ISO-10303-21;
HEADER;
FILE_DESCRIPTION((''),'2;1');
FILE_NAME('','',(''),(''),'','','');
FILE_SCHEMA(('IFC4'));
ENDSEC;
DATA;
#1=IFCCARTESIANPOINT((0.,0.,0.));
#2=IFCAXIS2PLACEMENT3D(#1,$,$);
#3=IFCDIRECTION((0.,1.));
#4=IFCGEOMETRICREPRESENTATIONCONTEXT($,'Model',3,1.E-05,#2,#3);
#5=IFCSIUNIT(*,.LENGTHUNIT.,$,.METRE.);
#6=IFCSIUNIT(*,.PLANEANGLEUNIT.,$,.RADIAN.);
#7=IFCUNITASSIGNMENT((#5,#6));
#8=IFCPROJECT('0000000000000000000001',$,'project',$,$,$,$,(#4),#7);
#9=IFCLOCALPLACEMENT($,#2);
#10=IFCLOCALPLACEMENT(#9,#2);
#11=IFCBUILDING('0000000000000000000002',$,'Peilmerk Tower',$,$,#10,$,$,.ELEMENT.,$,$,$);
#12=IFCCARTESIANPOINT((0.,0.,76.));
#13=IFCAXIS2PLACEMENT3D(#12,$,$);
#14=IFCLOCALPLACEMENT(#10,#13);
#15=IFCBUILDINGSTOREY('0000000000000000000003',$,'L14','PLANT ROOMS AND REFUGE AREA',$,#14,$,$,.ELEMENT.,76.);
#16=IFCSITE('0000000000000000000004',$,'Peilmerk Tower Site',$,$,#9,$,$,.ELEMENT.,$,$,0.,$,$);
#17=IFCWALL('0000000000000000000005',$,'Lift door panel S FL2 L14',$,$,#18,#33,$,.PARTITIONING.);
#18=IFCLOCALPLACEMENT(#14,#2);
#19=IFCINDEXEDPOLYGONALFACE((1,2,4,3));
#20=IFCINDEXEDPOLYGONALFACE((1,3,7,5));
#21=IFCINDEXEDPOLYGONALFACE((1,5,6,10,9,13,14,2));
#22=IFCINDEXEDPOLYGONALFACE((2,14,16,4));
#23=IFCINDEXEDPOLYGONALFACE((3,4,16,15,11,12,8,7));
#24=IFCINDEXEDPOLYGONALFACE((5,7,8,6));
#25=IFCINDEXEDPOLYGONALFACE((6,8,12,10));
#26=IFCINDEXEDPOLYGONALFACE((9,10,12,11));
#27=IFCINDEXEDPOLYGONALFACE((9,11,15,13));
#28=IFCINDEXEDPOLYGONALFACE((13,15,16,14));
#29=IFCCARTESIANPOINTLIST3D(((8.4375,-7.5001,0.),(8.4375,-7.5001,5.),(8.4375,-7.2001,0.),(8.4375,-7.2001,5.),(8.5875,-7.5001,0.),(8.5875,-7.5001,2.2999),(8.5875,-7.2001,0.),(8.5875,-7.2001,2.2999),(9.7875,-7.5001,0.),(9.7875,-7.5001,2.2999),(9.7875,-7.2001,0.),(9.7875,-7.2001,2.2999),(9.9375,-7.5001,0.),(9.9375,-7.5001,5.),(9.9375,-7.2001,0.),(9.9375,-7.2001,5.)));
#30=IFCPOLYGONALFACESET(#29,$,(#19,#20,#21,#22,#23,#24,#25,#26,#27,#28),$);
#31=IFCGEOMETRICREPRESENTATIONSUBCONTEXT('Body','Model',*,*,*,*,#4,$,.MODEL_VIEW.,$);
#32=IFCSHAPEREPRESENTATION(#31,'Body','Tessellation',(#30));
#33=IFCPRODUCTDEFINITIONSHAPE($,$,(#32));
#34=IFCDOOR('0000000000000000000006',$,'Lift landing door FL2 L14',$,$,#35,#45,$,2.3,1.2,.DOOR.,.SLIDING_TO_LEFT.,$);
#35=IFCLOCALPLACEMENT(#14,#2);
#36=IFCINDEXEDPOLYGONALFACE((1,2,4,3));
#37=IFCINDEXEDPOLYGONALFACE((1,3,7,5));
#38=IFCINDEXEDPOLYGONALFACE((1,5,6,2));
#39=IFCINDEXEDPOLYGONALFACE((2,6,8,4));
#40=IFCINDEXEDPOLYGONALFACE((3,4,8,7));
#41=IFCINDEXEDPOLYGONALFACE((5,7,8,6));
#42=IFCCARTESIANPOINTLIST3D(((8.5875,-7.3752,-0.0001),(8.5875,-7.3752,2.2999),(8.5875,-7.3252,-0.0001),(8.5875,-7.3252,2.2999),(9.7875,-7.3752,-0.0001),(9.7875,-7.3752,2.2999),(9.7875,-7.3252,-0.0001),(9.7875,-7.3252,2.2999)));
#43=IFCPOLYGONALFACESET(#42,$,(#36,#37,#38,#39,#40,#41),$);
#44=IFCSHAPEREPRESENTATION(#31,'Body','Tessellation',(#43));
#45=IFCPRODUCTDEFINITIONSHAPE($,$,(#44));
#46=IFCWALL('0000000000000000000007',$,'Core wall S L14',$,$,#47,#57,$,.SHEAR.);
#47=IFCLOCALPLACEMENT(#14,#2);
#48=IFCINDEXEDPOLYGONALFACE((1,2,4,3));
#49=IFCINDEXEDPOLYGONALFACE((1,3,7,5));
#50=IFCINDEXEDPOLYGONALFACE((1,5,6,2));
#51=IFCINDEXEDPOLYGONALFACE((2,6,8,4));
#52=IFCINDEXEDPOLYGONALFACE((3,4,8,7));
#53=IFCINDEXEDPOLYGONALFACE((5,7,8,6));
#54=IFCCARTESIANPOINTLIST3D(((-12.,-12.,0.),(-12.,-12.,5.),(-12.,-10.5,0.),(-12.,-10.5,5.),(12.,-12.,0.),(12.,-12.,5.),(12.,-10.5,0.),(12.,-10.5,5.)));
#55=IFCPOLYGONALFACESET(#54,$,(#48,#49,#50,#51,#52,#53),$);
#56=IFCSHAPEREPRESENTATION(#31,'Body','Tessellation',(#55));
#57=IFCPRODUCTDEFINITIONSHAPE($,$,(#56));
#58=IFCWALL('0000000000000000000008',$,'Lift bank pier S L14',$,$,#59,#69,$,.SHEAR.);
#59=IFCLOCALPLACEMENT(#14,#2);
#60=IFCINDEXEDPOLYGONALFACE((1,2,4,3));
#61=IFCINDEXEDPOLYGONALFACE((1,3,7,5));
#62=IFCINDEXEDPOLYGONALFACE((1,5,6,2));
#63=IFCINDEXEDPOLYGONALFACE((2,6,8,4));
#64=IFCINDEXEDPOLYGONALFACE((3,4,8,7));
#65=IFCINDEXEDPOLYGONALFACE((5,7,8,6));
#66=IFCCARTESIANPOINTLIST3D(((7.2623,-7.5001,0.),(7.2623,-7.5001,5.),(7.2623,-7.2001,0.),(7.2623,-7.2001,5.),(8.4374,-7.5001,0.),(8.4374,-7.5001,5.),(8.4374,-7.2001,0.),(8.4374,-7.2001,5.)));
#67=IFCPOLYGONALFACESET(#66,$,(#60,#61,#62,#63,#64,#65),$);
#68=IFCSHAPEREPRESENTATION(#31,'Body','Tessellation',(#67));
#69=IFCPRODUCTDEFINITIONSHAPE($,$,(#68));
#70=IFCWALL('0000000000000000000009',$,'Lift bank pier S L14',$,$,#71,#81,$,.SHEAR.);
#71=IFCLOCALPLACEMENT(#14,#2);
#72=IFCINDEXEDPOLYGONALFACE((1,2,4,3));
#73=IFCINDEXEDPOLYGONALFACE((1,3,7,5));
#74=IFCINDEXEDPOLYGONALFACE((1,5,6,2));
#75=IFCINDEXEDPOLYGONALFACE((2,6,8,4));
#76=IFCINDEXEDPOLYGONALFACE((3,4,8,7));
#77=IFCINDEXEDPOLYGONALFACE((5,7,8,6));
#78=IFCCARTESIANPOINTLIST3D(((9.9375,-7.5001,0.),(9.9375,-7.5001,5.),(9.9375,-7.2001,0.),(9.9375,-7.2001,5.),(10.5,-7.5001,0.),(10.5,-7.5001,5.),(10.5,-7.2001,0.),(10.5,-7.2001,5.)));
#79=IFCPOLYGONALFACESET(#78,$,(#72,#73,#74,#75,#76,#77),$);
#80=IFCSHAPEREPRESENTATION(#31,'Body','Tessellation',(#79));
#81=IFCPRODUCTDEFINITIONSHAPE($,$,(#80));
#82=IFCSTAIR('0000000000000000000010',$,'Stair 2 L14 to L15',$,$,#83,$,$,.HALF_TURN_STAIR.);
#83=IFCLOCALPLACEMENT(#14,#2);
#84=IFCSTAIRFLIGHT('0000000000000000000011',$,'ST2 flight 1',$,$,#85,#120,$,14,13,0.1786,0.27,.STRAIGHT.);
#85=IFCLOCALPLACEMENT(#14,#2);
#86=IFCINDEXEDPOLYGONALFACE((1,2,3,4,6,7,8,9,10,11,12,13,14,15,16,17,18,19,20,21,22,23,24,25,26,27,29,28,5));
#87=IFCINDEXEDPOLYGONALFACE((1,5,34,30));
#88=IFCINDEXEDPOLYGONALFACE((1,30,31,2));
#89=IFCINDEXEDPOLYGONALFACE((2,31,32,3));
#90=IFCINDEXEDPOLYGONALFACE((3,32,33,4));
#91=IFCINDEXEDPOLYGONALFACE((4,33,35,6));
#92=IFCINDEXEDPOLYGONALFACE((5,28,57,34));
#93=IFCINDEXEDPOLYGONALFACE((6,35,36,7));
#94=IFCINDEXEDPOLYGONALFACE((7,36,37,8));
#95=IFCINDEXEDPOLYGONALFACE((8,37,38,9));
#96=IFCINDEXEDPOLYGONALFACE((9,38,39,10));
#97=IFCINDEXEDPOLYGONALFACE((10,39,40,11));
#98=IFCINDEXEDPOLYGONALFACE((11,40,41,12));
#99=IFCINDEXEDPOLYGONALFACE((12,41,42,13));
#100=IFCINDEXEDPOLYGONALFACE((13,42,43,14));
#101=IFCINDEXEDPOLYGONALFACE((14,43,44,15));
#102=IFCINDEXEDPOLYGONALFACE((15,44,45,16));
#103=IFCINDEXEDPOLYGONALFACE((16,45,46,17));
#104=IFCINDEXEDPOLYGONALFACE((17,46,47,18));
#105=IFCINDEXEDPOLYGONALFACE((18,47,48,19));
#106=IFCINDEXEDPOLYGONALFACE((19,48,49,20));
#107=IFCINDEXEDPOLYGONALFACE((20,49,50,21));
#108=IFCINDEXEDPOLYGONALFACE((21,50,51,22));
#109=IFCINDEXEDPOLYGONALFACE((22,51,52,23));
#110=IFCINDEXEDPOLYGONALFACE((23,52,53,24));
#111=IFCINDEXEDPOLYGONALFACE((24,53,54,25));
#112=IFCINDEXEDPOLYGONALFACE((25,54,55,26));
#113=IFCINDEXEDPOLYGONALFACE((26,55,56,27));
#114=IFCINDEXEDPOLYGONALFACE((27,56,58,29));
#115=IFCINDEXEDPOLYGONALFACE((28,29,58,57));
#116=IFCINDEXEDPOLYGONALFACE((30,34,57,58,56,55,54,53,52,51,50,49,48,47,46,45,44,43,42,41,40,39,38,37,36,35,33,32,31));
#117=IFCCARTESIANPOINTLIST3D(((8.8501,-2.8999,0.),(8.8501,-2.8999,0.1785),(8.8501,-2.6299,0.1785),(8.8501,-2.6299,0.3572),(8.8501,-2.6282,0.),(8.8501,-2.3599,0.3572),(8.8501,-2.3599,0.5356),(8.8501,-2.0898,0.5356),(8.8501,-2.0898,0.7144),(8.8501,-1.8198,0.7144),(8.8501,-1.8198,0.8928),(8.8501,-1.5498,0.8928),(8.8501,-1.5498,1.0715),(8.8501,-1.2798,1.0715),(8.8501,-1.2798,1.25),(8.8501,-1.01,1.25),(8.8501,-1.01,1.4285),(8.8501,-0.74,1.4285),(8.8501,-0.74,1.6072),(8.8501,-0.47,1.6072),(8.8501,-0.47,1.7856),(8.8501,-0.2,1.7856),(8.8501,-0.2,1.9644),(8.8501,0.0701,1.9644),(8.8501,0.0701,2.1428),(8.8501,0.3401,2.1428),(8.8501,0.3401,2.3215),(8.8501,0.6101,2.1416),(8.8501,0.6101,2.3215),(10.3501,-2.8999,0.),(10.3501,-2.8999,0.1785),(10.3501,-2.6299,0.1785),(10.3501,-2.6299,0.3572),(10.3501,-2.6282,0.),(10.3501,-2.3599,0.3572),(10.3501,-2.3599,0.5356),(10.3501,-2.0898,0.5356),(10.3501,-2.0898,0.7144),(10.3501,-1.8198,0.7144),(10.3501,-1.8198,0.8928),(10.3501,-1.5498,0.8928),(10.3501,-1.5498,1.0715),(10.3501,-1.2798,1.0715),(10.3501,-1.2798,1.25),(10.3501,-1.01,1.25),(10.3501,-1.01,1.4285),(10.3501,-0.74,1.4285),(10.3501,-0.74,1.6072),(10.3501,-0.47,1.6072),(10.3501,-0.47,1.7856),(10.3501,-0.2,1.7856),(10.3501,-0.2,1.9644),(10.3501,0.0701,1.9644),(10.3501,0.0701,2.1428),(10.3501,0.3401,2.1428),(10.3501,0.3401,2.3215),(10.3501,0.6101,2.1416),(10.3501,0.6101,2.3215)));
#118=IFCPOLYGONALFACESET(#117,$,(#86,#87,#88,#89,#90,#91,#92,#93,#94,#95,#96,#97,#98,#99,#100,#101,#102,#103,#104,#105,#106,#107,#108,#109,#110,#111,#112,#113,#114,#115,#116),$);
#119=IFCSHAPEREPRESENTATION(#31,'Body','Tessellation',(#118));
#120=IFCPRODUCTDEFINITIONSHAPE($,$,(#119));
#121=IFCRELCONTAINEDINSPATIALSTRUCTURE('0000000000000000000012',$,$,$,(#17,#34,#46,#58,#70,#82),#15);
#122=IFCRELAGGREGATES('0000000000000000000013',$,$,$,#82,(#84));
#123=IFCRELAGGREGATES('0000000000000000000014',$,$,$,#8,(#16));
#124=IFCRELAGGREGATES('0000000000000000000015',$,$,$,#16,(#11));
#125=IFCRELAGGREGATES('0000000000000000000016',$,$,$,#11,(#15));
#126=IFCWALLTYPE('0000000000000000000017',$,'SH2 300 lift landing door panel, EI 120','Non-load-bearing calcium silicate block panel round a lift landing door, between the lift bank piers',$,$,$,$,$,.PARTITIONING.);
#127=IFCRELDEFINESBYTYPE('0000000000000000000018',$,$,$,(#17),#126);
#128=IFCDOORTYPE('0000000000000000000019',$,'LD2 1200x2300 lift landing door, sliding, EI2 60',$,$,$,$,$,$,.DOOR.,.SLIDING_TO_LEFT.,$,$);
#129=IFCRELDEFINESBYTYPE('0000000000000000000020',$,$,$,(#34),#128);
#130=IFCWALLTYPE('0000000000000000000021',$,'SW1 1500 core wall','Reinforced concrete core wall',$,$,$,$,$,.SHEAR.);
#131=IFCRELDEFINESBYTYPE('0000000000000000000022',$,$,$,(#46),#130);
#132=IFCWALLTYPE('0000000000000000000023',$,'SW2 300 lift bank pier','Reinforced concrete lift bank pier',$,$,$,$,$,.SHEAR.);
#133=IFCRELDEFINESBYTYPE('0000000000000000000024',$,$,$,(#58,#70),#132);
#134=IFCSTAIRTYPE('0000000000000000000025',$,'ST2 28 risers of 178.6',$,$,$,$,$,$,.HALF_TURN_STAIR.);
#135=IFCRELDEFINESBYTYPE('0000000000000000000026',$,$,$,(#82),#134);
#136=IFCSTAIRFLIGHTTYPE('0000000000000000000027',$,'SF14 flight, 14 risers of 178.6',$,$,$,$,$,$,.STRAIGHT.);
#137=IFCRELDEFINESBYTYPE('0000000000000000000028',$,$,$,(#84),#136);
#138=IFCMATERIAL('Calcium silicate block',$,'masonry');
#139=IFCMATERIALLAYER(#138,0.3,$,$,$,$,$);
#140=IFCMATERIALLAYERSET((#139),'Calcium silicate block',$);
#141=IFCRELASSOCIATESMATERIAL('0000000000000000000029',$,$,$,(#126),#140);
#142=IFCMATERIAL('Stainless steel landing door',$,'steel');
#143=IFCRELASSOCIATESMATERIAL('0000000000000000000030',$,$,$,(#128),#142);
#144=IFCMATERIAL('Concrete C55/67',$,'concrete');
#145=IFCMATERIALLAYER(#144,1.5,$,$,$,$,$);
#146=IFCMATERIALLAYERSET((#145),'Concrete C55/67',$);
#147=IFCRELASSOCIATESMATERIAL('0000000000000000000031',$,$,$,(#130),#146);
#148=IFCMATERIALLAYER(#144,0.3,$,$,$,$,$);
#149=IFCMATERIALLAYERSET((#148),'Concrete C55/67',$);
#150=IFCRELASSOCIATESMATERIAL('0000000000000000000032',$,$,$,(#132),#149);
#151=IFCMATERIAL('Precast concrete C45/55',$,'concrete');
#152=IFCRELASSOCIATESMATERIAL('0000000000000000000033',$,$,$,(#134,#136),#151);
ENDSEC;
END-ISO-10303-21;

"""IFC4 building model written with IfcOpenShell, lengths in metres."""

from ifc_helpers import new_model, si_unit, direction, frame, frame_2d, origin, place, context, subcontext, project, spatial, polyline, rectangle, outline, extrude, material, layer, layer_set, type_object, element, fill, aggregate, save


model = new_model("IFC4")

# Units and contexts
model_context = context("Model", 3, precision=1e-05, world=origin(), true_north=direction((0.0, 1.0)))
body_context = subcontext(model_context, "Body", "Model", "MODEL_VIEW")
ifc_project = project(units=[si_unit("LENGTHUNIT", "METRE"), si_unit("PLANEANGLEUNIT", "RADIAN")], contexts=[model_context])

# Site, building, storey
site_placement = place(None, origin())
site = spatial("IfcSite", under=ifc_project, at=site_placement, Name="Peilmerk Tower Site", CompositionType="ELEMENT", RefElevation=0.0)
building_placement = place(site_placement, origin())
building = spatial("IfcBuilding", under=site, at=building_placement, Name="Peilmerk Tower", CompositionType="ELEMENT")
storey_placement = place(building_placement, frame((0.0, 0.0, 76.0)))
storey = spatial("IfcBuildingStorey", under=building, at=storey_placement, Name="L14", Description="PLANT ROOMS AND REFUGE AREA", CompositionType="ELEMENT", Elevation=76.0)

# Shared definitions
ifc_material_1 = material(Name="Calcium silicate block", Category="masonry")

# Wall, opening, door
ifc_layer_1 = layer(ifc_material_1, 0.3)
ifc_layer_set_1 = layer_set([ifc_layer_1], Name="Calcium silicate block")
wall_type_1 = type_object("IfcWallType", Name="SH2 300 lift landing door panel, EI 120", Description="Non-load-bearing calcium silicate block panel round a lift landing door, between the lift bank piers", PredefinedType="PARTITIONING", material=ifc_layer_set_1)
wall_1_placement = place(storey_placement, frame((8.4375, -7.3501, 0.0), z_axis=(0.0, 0.0, 1.0), x_axis=(1.0, 0.0, 0.0)))
wall_1 = element("IfcWall", 1, at=wall_1_placement, inside=storey, type_object=wall_type_1, Name="Lift door panel S FL2 L14", PredefinedType="PARTITIONING", context=body_context, shape_type="SweptSolid", body=[
    extrude(rectangle(XDim=1.5, YDim=0.3, at=frame_2d((0.75, 0.0))), origin(), (0.0, 0.0, 1.0), 5.0),
])
opening_1_placement = place(wall_1_placement, frame((0.1499, 0.0, 0.0)))
opening_1 = element("IfcOpeningElement", 2, at=opening_1_placement, cuts=wall_1, PredefinedType="OPENING", context=body_context, shape_type="SweptSolid", body=[
    extrude(rectangle(XDim=1.2, YDim=2.3, at=frame_2d((0.6001, 1.1499))), frame((0.0, 0.1599, 0.0), z_axis=(0.0, -1.0, 0.0), x_axis=(1.0, 0.0, 0.0)), (0.0, 0.0, 1.0), 0.3201),
])
ifc_material_2 = material(Name="Stainless steel landing door", Category="steel")
door_type_1 = type_object("IfcDoorType", Name="LD2 1200x2300 lift landing door, sliding, EI2 60", OperationType="SLIDING_TO_LEFT", PredefinedType="DOOR", material=ifc_material_2)
door_1_placement = place(opening_1_placement, origin())
door_1 = element("IfcDoor", 3, at=door_1_placement, inside=storey, type_object=door_type_1, Name="Lift landing door FL2 L14", OperationType="SLIDING_TO_LEFT", OverallHeight=2.3, OverallWidth=1.2, PredefinedType="DOOR", context=body_context, shape_type="SweptSolid", body=[
    extrude(rectangle(XDim=1.2, YDim=2.3, at=frame_2d((0.6001, 1.1499))), frame((0.0, 0.0249, 0.0), z_axis=(0.0, -1.0, 0.0), x_axis=(1.0, 0.0, 0.0)), (0.0, 0.0, 1.0), 0.05),
])
fill(opening_1, door_1)

# Walls
ifc_material_3 = material(Name="Concrete C55/67", Category="concrete")
ifc_layer_2 = layer(ifc_material_3, 1.5)
ifc_layer_set_2 = layer_set([ifc_layer_2], Name="Concrete C55/67")
wall_type_2 = type_object("IfcWallType", Name="SW1 1500 core wall", Description="Reinforced concrete core wall", PredefinedType="SHEAR", material=ifc_layer_set_2)
wall_2_placement = place(storey_placement, frame((12.0, -11.25, 0.0), z_axis=(0.0, 0.0, 1.0), x_axis=(-1.0, 0.0, 0.0)))
element("IfcWall", 4, at=wall_2_placement, inside=storey, type_object=wall_type_2, Name="Core wall S L14", PredefinedType="SHEAR", context=body_context, shape_type="SweptSolid", body=[
    extrude(rectangle(XDim=24.0, YDim=1.5, at=frame_2d((12.0, 0.0))), origin(), (0.0, 0.0, 1.0), 5.0),
])
ifc_layer_3 = layer(ifc_material_3, 0.3)
ifc_layer_set_3 = layer_set([ifc_layer_3], Name="Concrete C55/67")
wall_type_3 = type_object("IfcWallType", Name="SW2 300 lift bank pier", Description="Reinforced concrete lift bank pier", PredefinedType="SHEAR", material=ifc_layer_set_3)
wall_3_placement = place(storey_placement, frame((7.2625, -7.3501, 0.0), z_axis=(0.0, 0.0, 1.0), x_axis=(1.0, 0.0, 0.0)))
element("IfcWall", 5, at=wall_3_placement, inside=storey, type_object=wall_type_3, Name="Lift bank pier S L14", PredefinedType="SHEAR", context=body_context, shape_type="SweptSolid", body=[
    extrude(rectangle(XDim=1.175, YDim=0.3, at=frame_2d((0.5874, 0.0))), origin(), (0.0, 0.0, 1.0), 5.0),
])
wall_4_placement = place(storey_placement, frame((9.9375, -7.3501, 0.0), z_axis=(0.0, 0.0, 1.0), x_axis=(1.0, 0.0, 0.0)))
element("IfcWall", 6, at=wall_4_placement, inside=storey, type_object=wall_type_3, Name="Lift bank pier S L14", PredefinedType="SHEAR", context=body_context, shape_type="SweptSolid", body=[
    extrude(rectangle(XDim=0.5625, YDim=0.3, at=frame_2d((0.2812, 0.0))), origin(), (0.0, 0.0, 1.0), 5.0),
])

# Stair, stair flight
ifc_material_4 = material(Name="Precast concrete C45/55", Category="concrete")
stair_type = type_object("IfcStairType", Name="ST2 28 risers of 178.6", PredefinedType="HALF_TURN_STAIR", material=ifc_material_4)
stair_placement = place(storey_placement, origin())
stair = element("IfcStair", 7, at=stair_placement, inside=storey, type_object=stair_type, Name="Stair 2 L14 to L15", PredefinedType="HALF_TURN_STAIR")
stair_flight_type = type_object("IfcStairFlightType", Name="SF14 flight, 14 risers of 178.6", PredefinedType="STRAIGHT", material=ifc_material_4)
stair_flight_placement = place(storey_placement, frame((9.6001, -2.8999, 0.0), z_axis=(0.0, 0.0, 1.0), x_axis=(0.0, 1.0, 0.0)))
stair_flight = element("IfcStairFlight", 8, at=stair_flight_placement, type_object=stair_flight_type, Name="ST2 flight 1", NumberOfRisers=14, NumberOfTreads=13, PredefinedType="STRAIGHT", RiserHeight=0.1786, TreadLength=0.27, context=body_context, shape_type="SweptSolid", body=[
    extrude(outline(polyline([(0.0, 0.0), (0.0, 0.1785), (0.27, 0.1785), (0.27, 0.3572), (0.54, 0.3572), (0.54, 0.5356), (0.8101, 0.5356), (0.8101, 0.7144), (1.0801, 0.7144), (1.0801, 0.8928), (1.3501, 0.8928), (1.3501, 1.0715), (1.6201, 1.0715), (1.6201, 1.25), (1.8899, 1.25), (1.8899, 1.4285), (2.1599, 1.4285), (2.1599, 1.6072), (2.4299, 1.6072), (2.4299, 1.7856), (2.7, 1.7856), (2.7, 1.9644), (2.97, 1.9644), (2.97, 2.1428), (3.24, 2.1428), (3.24, 2.3215), (3.51, 2.3215), (3.51, 2.5), (3.51, 2.1416), (0.2717, 0.0), (0.0, 0.0)])), frame((0.0, 0.75, 0.0), z_axis=(0.0, -1.0, 0.0), x_axis=(1.0, 0.0, 0.0)), (0.0, 0.0, 1.0), 1.5),
])
aggregate(stair, [stair_flight])

save(model, "model.ifc")
